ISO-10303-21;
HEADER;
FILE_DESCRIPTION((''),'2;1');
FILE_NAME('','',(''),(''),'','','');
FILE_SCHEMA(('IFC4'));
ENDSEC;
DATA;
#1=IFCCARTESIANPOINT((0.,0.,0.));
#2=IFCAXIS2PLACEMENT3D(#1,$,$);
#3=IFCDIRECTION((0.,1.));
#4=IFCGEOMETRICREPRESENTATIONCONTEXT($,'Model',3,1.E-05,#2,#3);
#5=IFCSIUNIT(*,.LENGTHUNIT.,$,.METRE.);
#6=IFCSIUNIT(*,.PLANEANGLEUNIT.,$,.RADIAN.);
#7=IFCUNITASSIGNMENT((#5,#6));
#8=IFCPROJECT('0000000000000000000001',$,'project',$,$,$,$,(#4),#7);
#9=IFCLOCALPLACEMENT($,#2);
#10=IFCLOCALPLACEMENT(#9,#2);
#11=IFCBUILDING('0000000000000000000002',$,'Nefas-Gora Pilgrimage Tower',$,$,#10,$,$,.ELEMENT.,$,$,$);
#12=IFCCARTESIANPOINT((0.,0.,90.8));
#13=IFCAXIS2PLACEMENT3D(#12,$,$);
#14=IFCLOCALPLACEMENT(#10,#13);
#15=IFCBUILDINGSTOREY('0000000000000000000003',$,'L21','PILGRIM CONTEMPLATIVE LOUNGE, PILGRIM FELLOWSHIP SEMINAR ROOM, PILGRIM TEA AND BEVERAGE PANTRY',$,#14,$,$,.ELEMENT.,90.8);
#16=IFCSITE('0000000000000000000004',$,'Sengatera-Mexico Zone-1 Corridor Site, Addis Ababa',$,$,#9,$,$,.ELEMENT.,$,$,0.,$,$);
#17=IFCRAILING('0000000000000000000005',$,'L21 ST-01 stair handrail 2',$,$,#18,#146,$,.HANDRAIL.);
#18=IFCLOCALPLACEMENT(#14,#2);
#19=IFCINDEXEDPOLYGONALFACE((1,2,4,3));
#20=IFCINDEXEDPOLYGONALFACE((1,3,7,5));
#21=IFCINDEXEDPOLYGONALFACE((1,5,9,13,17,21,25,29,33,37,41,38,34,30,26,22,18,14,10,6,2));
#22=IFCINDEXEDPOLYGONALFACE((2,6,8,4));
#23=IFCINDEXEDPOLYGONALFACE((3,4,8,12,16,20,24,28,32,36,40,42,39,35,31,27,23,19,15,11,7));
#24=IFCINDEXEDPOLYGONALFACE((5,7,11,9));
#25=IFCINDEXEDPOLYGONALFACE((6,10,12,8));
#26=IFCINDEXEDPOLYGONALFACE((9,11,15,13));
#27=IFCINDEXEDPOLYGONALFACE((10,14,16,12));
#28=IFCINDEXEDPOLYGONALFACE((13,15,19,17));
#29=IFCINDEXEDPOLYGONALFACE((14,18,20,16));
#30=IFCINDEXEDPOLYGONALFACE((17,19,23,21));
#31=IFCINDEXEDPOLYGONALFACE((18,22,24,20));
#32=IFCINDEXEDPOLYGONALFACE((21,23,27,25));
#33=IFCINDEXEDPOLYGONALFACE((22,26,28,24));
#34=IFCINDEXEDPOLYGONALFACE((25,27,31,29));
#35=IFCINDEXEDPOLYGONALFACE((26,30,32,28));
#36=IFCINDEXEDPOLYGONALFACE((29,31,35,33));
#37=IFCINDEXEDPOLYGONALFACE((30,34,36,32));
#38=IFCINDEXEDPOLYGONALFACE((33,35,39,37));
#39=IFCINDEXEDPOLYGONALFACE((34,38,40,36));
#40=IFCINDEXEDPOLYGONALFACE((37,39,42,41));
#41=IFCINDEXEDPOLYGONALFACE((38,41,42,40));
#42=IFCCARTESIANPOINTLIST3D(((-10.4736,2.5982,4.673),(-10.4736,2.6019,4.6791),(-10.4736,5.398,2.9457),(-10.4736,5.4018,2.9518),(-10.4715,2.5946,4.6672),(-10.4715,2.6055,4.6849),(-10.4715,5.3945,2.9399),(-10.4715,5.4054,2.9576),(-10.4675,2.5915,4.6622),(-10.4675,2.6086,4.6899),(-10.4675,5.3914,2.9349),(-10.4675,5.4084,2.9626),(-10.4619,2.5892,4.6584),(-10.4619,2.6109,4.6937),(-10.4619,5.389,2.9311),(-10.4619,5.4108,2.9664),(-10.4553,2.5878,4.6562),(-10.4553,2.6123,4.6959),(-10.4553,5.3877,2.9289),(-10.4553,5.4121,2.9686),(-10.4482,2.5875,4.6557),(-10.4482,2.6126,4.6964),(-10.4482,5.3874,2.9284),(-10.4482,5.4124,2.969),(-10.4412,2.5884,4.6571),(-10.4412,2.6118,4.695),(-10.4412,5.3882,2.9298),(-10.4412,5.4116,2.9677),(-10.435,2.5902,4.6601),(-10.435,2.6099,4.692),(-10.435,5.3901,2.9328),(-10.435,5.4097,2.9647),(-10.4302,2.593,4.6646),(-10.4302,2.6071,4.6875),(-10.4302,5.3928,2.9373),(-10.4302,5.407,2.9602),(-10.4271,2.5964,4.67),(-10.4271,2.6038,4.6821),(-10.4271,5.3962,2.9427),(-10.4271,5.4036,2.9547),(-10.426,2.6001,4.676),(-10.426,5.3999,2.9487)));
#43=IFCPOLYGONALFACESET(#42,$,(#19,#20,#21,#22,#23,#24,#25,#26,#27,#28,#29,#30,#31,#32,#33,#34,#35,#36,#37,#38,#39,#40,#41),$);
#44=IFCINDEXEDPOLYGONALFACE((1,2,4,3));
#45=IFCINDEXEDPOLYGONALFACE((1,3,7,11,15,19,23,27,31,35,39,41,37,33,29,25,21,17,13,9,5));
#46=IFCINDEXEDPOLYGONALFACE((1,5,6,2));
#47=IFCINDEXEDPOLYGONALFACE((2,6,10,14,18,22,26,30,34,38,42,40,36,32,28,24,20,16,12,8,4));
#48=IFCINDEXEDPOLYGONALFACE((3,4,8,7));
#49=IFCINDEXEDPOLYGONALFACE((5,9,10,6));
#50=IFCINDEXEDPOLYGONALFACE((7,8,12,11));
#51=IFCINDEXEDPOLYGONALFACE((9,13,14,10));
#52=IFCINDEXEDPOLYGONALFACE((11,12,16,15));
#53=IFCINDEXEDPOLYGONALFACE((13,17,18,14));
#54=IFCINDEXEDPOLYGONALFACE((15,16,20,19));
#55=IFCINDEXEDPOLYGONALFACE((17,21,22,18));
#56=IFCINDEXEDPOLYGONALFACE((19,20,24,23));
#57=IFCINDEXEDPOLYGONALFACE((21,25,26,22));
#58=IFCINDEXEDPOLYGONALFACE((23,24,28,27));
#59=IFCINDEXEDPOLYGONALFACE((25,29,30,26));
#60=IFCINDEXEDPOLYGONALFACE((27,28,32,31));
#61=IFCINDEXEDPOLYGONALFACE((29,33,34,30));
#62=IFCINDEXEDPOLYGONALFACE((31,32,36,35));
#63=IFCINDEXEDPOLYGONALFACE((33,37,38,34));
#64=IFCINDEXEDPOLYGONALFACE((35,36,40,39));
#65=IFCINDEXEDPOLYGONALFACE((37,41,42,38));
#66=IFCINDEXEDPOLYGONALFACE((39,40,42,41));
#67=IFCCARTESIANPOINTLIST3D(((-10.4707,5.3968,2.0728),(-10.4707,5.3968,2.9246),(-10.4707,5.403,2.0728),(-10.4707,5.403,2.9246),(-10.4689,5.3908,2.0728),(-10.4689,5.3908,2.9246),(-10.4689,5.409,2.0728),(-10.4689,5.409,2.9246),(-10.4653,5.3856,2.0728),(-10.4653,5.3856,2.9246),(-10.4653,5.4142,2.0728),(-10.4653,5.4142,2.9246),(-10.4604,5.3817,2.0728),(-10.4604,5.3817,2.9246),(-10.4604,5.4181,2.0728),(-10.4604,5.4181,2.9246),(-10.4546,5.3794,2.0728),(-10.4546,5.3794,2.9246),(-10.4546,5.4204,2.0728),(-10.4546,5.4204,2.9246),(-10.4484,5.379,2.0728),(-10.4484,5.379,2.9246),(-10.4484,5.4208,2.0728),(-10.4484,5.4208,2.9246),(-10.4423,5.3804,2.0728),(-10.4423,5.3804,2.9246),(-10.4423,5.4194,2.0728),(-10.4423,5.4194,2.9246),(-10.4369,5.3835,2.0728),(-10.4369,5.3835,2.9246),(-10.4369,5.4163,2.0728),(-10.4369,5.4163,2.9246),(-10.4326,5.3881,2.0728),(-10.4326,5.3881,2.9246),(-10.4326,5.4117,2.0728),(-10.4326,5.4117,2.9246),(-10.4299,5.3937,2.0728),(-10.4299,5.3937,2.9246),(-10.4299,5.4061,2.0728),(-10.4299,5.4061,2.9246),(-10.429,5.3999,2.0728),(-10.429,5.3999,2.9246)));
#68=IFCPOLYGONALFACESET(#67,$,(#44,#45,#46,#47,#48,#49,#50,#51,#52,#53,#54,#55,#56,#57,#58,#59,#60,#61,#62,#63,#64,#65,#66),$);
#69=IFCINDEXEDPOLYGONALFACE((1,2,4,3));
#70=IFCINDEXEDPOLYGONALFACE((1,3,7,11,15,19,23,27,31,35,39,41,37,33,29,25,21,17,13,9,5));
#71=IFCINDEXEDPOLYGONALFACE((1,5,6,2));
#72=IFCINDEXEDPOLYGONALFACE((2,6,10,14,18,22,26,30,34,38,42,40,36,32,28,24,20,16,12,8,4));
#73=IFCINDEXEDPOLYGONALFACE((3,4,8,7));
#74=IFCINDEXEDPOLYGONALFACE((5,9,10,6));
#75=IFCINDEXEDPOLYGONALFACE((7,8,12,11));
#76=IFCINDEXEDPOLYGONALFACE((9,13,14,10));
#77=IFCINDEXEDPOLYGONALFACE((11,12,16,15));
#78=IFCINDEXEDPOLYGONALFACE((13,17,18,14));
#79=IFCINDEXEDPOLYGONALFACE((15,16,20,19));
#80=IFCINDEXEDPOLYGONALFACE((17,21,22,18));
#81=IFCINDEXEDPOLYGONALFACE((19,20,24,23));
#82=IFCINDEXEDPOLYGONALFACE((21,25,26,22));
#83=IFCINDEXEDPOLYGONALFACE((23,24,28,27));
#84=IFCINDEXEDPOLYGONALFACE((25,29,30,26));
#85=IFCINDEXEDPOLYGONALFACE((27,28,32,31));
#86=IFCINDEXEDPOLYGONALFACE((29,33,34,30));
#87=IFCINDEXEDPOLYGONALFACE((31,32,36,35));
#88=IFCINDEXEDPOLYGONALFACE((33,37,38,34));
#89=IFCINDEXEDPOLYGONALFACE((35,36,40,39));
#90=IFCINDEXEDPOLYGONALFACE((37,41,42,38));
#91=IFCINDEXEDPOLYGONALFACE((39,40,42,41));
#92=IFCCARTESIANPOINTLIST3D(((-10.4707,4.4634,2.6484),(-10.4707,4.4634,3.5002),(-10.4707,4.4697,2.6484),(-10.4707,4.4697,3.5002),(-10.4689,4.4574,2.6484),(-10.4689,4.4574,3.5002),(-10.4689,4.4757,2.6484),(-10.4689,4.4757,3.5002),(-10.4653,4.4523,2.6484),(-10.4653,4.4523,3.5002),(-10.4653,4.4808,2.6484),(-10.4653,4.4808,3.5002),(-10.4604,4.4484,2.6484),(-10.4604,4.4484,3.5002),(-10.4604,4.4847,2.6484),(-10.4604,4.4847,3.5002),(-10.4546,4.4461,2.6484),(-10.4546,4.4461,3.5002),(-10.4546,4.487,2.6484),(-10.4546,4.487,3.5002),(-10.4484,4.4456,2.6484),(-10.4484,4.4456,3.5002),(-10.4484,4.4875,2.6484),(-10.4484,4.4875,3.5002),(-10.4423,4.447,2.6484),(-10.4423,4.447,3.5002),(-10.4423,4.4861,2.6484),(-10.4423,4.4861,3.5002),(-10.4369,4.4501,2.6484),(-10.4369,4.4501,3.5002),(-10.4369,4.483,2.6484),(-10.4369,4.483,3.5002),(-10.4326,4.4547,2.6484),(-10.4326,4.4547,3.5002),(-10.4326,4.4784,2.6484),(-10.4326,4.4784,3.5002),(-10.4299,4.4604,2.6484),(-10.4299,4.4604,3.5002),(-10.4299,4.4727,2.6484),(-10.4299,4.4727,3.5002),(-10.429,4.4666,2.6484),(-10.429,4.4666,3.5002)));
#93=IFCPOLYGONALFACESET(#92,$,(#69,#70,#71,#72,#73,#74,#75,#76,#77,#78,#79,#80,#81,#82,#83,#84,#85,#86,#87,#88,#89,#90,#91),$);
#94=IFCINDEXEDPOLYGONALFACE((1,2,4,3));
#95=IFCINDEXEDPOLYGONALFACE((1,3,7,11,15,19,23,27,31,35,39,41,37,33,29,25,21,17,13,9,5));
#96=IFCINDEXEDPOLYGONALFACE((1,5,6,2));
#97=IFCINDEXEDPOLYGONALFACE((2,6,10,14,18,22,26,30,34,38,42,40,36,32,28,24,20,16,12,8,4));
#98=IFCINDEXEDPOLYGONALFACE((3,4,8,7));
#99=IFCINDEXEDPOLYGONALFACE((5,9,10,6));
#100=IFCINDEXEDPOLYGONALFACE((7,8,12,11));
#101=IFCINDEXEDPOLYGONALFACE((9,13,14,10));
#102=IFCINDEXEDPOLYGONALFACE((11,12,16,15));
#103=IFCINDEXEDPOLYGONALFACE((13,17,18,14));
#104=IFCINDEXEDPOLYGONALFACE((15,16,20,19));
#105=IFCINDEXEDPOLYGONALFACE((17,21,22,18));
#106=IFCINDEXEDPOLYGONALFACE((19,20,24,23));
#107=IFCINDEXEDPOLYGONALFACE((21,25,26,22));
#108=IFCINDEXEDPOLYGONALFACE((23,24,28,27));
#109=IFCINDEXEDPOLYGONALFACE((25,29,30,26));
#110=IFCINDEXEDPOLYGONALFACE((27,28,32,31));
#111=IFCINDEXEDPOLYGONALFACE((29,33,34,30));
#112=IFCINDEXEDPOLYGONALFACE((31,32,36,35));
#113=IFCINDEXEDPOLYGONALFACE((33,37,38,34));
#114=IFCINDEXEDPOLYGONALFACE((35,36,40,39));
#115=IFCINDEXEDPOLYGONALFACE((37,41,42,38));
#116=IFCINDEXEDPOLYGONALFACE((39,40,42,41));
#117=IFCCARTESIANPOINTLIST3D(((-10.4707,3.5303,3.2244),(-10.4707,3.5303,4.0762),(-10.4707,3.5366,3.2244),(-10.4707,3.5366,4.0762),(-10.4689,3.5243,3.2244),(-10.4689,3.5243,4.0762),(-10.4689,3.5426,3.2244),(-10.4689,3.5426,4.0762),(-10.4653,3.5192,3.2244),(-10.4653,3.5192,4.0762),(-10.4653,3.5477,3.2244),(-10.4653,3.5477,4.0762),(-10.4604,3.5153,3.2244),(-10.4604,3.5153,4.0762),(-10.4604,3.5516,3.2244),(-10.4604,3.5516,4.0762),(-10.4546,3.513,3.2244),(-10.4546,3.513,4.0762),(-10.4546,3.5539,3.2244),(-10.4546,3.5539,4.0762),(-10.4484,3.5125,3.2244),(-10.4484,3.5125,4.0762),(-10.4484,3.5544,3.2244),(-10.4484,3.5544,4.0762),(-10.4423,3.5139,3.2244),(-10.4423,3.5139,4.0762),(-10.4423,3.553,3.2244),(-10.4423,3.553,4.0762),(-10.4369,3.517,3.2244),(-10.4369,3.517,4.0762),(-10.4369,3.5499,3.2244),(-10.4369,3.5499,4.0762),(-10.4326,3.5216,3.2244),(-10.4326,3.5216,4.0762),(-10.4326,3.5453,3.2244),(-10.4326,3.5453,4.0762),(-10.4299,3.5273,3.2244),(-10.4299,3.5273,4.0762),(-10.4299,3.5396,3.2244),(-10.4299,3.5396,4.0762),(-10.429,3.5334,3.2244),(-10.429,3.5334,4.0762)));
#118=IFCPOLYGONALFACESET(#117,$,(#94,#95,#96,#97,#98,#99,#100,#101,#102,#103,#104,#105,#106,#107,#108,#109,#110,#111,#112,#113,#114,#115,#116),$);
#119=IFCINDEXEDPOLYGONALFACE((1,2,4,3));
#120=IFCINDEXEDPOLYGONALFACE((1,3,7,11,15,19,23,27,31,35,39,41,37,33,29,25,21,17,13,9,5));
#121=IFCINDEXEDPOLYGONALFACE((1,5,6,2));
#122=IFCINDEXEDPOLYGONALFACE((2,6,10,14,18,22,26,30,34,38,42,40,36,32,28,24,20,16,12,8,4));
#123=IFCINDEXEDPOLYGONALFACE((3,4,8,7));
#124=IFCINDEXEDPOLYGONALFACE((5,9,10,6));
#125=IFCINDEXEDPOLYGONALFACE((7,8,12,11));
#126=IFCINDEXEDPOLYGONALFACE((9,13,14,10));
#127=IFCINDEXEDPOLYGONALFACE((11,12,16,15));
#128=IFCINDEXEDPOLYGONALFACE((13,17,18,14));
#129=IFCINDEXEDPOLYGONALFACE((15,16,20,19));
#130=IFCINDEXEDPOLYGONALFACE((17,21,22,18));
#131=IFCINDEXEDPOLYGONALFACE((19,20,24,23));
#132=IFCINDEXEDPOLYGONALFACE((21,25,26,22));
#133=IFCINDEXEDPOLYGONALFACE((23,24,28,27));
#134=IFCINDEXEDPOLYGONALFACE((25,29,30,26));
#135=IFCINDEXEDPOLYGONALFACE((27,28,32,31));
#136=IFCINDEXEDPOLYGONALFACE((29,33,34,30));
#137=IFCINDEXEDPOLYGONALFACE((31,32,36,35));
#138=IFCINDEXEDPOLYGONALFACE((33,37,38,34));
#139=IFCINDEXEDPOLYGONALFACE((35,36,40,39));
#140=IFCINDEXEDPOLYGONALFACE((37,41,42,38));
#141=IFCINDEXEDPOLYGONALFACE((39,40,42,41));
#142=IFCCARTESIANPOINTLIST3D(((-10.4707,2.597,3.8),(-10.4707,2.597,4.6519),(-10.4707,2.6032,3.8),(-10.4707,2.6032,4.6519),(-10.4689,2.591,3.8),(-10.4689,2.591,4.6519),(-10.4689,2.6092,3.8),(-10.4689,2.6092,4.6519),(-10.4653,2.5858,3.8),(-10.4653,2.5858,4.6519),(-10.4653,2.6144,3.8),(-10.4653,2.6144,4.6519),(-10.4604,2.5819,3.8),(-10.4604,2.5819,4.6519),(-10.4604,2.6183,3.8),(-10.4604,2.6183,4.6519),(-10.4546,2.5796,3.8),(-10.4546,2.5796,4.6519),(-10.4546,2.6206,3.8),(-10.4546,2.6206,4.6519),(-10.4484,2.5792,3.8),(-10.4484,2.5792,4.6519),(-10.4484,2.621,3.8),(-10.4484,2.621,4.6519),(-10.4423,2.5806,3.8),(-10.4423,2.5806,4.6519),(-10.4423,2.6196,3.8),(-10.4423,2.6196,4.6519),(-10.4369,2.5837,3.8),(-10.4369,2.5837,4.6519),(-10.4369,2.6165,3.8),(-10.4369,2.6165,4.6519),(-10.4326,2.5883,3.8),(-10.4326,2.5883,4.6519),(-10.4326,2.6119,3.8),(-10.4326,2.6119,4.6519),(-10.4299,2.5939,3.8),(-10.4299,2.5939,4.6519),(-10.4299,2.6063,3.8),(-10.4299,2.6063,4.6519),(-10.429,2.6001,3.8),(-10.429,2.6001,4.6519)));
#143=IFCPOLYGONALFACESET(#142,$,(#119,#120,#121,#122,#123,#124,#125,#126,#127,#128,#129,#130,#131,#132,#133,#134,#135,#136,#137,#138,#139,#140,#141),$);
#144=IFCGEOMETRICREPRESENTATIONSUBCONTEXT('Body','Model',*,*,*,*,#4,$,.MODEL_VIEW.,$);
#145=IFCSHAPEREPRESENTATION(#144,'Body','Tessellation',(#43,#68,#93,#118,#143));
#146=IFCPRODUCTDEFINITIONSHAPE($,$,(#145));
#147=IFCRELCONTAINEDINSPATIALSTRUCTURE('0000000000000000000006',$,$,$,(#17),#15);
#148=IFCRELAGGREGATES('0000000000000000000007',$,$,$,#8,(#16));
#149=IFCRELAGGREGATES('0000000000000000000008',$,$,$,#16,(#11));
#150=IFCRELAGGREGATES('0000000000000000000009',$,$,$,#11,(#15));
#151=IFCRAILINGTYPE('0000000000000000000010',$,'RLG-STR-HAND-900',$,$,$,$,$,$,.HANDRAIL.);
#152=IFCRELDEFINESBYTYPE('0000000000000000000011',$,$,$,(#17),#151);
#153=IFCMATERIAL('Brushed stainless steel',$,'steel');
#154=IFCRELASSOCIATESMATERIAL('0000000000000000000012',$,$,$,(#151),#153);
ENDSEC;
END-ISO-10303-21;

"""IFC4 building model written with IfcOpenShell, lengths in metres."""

from ifc_helpers import new_model, si_unit, direction, frame, origin, origin_2d, place, context, subcontext, project, spatial, circle, extrude, material, type_object, element, save


model = new_model("IFC4")

# Units and contexts
model_context = context("Model", 3, precision=1e-05, world=origin(), true_north=direction((0.0, 1.0)))
body_context = subcontext(model_context, "Body", "Model", "MODEL_VIEW")
ifc_project = project(units=[si_unit("LENGTHUNIT", "METRE"), si_unit("PLANEANGLEUNIT", "RADIAN")], contexts=[model_context])

# Site, building, storey
site_placement = place(None, origin())
site = spatial("IfcSite", under=ifc_project, at=site_placement, Name="Sengatera-Mexico Zone-1 Corridor Site, Addis Ababa", CompositionType="ELEMENT", RefElevation=0.0)
building_placement = place(site_placement, origin())
building = spatial("IfcBuilding", under=site, at=building_placement, Name="Nefas-Gora Pilgrimage Tower", CompositionType="ELEMENT")
storey_placement = place(building_placement, frame((0.0, 0.0, 90.8)))
storey = spatial("IfcBuildingStorey", under=building, at=storey_placement, Name="L21", Description="PILGRIM CONTEMPLATIVE LOUNGE, PILGRIM FELLOWSHIP SEMINAR ROOM, PILGRIM TEA AND BEVERAGE PANTRY", CompositionType="ELEMENT", Elevation=90.8)

# Railing
ifc_material_1 = material(Name="Brushed stainless steel", Category="steel")
railing_type_1 = type_object("IfcRailingType", Name="RLG-STR-HAND-900", PredefinedType="HANDRAIL", material=ifc_material_1)
railing_1_placement = place(storey_placement, frame((-10.45, 5.3999, 2.0728)))
element("IfcRailing", 1, at=railing_1_placement, inside=storey, type_object=railing_type_1, Name="L21 ST-01 stair handrail 2", PredefinedType="HANDRAIL", context=body_context, shape_type="SweptSolid", body=[
    extrude(circle(Radius=0.0239, at=origin_2d()), frame((0.0, 0.0, 0.876), z_axis=(0.0, -0.851069, 0.525054), x_axis=(1.0, 0.0, 0.0)), (0.0, 0.0, 1.0), 3.2898),
    extrude(circle(Radius=0.021, at=origin_2d()), origin(), (0.0, 0.0, 1.0), 0.8518),
    extrude(circle(Radius=0.021, at=origin_2d()), frame((0.0, -0.9333, 0.5757)), (0.0, 0.0, 1.0), 0.8518),
    extrude(circle(Radius=0.021, at=origin_2d()), frame((0.0, -1.8665, 1.1516)), (0.0, 0.0, 1.0), 0.8518),
    extrude(circle(Radius=0.021, at=origin_2d()), frame((0.0, -2.7998, 1.7273)), (0.0, 0.0, 1.0), 0.8518),
])

save(model, "model.ifc")
